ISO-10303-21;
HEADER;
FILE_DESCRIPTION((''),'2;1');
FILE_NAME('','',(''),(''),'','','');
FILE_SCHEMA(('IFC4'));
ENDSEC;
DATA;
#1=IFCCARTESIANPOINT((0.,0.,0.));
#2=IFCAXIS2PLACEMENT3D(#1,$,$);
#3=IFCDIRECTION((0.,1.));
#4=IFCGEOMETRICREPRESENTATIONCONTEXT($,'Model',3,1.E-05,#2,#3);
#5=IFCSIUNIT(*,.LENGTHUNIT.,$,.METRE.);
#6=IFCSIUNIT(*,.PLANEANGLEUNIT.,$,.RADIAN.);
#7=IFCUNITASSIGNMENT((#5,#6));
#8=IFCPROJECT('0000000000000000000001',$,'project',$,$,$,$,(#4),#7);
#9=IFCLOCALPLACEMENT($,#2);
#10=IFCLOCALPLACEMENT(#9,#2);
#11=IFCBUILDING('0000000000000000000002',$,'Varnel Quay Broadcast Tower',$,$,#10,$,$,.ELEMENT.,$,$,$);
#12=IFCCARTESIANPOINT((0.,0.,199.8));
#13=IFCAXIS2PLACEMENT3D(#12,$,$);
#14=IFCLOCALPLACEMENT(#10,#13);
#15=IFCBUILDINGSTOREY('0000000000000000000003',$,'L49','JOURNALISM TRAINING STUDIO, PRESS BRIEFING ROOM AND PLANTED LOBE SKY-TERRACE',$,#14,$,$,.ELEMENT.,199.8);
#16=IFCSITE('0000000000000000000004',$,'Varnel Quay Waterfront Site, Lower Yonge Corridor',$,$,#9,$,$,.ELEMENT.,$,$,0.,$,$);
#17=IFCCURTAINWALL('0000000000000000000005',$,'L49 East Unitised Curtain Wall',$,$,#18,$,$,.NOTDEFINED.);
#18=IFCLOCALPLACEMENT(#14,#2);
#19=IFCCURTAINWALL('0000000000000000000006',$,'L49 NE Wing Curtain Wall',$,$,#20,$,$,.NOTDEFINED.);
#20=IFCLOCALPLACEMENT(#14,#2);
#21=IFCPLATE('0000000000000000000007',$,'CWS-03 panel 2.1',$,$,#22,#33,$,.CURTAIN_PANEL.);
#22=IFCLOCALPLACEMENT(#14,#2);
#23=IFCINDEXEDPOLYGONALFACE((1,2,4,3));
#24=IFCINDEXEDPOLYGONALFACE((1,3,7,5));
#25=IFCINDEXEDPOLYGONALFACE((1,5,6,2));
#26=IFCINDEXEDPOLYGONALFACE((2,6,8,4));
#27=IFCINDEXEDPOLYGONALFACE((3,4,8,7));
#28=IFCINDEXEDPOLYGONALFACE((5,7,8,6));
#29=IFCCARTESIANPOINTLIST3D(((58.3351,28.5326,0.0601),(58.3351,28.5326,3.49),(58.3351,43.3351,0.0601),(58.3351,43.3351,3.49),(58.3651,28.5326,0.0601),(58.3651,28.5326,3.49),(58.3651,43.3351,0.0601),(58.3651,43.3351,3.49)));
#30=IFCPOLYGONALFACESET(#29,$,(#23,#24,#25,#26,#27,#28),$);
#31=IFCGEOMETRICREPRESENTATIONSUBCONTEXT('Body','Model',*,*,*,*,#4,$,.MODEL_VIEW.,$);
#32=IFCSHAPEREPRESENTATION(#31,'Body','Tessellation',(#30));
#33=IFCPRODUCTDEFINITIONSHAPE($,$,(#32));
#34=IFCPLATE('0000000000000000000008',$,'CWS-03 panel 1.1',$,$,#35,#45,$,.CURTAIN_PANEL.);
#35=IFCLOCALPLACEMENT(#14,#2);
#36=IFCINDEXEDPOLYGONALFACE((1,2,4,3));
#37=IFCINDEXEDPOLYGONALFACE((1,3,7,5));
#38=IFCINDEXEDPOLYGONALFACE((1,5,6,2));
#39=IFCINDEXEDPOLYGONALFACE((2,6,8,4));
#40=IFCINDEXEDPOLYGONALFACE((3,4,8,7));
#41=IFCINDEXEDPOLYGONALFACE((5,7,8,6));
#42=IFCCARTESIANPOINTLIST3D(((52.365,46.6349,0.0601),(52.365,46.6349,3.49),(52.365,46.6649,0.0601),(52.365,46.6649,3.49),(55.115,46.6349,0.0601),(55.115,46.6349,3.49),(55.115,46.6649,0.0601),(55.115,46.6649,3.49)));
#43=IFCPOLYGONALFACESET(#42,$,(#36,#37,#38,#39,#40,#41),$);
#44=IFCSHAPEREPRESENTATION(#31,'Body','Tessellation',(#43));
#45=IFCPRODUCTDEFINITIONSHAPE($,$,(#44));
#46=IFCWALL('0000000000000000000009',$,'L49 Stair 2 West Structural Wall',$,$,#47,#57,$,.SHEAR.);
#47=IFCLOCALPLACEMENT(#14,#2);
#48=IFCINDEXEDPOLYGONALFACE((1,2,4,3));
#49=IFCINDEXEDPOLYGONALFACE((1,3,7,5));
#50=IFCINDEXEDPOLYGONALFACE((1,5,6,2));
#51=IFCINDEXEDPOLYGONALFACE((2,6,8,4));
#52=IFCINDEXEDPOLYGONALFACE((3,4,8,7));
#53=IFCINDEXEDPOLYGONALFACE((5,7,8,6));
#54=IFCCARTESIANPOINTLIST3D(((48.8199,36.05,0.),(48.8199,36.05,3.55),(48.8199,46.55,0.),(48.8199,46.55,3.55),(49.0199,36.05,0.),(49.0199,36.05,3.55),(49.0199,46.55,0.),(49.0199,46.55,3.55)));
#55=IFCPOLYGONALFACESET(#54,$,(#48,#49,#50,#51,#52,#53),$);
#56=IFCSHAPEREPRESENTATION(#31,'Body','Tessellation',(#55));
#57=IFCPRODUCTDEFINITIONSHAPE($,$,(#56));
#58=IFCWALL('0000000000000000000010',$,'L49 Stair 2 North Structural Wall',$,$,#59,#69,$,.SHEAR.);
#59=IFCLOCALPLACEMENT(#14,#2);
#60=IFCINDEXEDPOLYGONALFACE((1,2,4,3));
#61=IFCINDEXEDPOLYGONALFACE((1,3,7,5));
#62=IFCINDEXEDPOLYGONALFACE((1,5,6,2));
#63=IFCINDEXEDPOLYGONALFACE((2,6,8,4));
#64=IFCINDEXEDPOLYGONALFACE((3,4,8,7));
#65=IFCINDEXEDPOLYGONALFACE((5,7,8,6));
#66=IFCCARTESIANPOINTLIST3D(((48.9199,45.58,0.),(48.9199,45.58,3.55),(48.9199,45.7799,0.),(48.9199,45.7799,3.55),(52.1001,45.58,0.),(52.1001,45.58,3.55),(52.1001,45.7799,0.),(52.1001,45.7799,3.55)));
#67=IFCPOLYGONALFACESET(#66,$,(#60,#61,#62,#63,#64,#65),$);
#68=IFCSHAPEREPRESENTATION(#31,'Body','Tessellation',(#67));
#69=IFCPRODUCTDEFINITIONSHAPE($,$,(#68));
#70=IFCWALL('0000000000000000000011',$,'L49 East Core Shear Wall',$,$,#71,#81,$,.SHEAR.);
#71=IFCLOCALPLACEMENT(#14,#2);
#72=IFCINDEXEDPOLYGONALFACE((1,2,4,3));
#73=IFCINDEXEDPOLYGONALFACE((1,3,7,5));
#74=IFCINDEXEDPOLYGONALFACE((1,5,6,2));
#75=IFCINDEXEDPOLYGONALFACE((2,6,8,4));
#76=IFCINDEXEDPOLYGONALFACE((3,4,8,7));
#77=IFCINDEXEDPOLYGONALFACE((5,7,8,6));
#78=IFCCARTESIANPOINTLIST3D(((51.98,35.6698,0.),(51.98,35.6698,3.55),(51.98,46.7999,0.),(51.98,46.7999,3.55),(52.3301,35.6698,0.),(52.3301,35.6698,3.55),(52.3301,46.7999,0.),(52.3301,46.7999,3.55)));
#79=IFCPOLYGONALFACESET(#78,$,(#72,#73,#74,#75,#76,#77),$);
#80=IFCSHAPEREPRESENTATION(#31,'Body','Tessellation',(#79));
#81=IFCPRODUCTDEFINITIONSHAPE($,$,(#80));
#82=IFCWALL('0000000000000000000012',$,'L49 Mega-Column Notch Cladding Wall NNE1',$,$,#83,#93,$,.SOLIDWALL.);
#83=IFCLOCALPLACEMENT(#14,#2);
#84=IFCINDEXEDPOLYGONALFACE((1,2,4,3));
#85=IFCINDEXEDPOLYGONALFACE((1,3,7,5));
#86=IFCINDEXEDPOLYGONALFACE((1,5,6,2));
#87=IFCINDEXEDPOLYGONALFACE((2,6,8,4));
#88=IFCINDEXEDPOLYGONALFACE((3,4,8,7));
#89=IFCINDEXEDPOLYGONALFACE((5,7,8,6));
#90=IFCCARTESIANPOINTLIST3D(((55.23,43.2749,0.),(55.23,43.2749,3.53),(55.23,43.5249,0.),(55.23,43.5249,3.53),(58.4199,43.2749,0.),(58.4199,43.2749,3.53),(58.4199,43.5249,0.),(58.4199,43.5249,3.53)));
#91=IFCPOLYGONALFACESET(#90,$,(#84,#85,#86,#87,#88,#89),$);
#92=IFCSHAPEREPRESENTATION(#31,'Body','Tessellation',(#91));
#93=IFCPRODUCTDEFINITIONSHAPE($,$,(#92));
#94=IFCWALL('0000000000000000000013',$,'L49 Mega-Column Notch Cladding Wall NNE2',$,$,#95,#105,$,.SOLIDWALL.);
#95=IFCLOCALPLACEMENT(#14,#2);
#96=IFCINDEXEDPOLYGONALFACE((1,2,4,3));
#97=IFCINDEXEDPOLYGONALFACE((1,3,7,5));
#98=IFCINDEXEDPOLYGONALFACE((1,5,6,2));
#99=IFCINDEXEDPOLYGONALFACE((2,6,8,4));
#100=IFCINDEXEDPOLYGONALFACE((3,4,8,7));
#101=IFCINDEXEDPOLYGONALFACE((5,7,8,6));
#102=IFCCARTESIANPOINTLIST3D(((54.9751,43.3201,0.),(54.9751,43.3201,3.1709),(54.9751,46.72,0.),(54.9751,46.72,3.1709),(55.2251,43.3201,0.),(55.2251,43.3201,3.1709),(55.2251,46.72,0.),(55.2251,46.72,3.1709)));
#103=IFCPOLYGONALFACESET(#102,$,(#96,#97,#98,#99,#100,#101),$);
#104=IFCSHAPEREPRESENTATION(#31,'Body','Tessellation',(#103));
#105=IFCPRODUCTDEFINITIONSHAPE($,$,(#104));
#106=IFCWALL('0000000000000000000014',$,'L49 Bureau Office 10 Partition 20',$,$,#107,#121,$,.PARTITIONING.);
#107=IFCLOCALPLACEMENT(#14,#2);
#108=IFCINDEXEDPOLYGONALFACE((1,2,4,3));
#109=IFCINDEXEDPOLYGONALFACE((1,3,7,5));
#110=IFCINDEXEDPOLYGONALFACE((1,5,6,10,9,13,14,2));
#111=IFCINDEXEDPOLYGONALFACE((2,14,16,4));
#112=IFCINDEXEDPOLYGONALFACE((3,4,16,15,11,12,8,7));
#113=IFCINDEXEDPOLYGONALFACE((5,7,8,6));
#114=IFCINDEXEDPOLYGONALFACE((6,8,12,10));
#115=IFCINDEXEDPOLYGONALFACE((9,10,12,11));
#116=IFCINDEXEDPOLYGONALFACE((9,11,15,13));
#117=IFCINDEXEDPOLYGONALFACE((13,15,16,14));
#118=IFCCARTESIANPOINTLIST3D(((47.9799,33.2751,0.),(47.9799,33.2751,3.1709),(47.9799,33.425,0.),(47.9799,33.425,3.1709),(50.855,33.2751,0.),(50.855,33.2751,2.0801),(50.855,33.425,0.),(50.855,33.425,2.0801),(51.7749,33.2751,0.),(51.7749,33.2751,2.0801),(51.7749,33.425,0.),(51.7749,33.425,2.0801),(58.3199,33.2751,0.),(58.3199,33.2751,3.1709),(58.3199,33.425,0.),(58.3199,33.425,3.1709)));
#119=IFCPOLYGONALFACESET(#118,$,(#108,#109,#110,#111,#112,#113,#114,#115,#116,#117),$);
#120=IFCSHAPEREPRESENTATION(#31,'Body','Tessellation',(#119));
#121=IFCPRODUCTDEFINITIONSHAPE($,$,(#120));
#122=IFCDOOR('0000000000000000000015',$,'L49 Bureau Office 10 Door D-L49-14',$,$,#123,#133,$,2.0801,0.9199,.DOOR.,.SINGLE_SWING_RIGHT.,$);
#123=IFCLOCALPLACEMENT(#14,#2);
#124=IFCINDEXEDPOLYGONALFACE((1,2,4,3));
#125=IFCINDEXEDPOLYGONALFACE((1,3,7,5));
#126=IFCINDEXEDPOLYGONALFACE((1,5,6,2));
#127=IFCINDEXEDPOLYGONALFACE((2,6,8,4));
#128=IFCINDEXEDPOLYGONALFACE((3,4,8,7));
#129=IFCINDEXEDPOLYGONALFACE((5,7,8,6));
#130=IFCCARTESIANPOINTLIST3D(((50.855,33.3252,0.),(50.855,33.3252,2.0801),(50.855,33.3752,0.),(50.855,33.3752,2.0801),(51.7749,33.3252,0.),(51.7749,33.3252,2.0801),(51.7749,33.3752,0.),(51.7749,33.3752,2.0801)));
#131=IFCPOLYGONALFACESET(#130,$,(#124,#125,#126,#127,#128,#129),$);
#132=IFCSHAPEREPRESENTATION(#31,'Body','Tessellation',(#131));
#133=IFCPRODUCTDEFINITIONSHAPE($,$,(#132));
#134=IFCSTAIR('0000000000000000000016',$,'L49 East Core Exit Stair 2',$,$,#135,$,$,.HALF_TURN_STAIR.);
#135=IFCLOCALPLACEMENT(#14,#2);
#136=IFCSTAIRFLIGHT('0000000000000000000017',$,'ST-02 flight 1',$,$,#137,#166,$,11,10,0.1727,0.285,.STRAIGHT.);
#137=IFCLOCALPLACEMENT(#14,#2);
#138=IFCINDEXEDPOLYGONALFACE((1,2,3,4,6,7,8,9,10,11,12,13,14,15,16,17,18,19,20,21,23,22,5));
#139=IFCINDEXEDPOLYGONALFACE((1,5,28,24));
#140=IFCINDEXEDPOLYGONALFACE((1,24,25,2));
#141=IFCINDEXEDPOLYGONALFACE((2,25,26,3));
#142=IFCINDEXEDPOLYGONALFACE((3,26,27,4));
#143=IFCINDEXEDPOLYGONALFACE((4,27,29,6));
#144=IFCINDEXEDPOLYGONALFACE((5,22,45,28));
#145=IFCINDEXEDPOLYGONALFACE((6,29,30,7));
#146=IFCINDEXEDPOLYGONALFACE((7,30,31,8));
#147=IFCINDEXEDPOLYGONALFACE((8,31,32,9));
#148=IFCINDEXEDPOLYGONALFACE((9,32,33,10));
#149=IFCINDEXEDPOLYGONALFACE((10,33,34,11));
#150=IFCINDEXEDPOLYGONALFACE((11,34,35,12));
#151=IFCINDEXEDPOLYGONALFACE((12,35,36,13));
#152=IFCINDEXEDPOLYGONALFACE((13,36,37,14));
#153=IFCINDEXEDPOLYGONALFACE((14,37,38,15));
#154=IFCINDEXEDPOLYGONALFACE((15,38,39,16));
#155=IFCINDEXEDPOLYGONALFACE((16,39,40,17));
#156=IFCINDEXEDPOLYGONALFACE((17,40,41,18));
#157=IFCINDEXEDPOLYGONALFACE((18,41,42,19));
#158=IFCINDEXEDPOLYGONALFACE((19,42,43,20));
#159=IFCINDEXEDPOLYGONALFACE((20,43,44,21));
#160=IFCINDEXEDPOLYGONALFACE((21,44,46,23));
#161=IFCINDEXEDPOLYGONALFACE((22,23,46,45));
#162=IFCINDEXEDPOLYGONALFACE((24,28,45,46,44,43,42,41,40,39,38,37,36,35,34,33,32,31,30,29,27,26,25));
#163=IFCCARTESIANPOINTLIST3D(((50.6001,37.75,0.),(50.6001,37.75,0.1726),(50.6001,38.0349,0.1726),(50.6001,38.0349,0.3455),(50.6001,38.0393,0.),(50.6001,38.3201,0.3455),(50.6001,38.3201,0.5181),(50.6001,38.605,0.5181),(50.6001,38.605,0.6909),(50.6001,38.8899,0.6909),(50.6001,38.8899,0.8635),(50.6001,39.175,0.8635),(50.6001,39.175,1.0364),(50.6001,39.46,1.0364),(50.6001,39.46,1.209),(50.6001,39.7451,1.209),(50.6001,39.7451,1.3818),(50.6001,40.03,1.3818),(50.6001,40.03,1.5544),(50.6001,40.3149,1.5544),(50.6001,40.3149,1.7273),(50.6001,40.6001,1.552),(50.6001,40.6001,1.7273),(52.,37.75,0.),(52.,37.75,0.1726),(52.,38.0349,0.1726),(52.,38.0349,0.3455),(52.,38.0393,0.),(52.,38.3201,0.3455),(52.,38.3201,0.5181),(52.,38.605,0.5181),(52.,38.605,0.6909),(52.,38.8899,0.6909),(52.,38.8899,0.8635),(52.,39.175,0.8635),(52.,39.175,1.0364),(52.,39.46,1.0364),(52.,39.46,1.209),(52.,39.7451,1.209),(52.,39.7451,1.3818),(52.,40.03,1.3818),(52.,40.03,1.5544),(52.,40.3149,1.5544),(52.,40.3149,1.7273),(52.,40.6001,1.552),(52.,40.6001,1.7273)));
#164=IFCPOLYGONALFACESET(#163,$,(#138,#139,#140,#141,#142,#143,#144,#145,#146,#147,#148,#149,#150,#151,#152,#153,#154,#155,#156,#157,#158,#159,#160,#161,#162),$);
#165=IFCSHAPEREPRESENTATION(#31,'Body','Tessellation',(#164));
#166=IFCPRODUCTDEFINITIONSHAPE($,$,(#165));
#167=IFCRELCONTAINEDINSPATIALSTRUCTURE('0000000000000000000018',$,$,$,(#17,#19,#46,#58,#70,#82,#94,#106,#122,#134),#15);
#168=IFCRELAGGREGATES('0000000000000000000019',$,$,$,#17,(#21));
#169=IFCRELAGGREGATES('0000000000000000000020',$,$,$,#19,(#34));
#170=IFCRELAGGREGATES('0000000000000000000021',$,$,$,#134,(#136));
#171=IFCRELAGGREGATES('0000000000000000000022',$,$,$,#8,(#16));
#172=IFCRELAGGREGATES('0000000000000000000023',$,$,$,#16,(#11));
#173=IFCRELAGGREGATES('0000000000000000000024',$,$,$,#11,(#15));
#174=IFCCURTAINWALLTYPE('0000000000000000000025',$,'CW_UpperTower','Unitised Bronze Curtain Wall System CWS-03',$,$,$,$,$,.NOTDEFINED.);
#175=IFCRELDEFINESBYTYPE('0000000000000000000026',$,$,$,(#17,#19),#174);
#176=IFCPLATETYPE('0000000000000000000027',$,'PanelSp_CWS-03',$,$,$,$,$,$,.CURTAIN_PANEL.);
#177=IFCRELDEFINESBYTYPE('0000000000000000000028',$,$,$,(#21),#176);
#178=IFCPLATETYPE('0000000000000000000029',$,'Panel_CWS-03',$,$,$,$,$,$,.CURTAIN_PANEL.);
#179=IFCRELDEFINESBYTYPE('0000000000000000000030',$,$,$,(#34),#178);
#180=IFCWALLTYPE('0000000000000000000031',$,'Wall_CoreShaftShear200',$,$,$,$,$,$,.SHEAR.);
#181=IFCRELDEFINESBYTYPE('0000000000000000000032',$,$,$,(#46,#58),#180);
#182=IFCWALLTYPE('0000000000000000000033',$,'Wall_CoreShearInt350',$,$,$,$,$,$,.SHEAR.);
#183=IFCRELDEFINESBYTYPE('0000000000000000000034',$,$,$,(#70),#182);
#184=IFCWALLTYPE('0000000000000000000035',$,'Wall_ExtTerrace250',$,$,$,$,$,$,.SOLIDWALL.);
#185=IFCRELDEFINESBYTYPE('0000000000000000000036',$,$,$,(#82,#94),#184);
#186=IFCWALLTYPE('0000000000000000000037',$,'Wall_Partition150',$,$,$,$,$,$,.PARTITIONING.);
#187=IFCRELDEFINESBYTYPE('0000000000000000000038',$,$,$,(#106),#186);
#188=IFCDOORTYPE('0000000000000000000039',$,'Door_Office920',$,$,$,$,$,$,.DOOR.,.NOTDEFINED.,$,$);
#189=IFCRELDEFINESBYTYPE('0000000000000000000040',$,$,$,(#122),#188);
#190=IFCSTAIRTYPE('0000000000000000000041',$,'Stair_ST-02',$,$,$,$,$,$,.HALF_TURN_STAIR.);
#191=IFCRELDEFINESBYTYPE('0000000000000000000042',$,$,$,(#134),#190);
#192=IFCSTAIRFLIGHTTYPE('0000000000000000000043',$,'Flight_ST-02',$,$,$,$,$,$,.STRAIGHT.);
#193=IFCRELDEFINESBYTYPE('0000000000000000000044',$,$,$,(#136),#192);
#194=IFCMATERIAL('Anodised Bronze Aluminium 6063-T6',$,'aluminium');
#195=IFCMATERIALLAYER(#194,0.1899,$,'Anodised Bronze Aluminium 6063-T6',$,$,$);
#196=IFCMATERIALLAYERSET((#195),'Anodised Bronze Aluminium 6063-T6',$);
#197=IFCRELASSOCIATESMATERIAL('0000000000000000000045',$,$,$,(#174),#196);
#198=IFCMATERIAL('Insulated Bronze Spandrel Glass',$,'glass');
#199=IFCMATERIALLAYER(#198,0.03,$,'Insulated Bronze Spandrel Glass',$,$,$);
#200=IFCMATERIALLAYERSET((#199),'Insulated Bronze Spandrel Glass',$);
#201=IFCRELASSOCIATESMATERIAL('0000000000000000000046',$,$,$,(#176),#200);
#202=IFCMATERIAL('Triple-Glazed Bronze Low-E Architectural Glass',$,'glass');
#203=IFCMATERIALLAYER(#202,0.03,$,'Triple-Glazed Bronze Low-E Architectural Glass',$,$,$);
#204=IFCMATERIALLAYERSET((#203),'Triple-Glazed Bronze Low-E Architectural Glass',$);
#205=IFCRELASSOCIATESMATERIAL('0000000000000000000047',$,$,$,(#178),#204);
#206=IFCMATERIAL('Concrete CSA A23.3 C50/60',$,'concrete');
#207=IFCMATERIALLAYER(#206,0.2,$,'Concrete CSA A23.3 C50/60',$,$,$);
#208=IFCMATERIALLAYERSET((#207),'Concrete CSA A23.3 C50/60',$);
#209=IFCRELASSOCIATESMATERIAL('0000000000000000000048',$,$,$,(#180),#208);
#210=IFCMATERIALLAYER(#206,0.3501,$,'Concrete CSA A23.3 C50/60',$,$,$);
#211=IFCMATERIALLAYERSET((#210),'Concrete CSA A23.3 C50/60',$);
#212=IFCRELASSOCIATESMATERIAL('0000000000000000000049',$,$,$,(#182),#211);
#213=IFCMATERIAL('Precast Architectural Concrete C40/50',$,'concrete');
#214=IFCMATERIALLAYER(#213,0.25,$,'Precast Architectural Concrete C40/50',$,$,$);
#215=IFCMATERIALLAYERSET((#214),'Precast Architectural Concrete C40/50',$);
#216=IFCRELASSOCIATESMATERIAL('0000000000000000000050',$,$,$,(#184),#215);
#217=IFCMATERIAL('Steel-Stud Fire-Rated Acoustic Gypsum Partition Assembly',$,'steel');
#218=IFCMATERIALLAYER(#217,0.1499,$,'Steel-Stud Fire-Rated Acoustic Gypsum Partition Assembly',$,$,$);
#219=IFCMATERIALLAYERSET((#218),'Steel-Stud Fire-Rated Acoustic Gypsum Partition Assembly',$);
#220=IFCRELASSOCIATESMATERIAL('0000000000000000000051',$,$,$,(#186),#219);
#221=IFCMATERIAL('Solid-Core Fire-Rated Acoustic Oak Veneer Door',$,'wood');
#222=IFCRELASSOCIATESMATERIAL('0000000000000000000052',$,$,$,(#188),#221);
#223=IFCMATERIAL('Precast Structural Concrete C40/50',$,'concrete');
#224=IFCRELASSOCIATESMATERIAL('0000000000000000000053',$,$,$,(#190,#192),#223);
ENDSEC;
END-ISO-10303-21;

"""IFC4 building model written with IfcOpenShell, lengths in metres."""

from ifc_helpers import new_model, si_unit, direction, frame, frame_2d, origin, origin_2d, place, context, subcontext, project, spatial, polyline, rectangle, outline, extrude, source, transform, mapped, material, layer, layer_set, type_object, type_shapes, element, fill, aggregate, save


model = new_model("IFC4")

# Units and contexts
model_context = context("Model", 3, precision=1e-05, world=origin(), true_north=direction((0.0, 1.0)))
body_context = subcontext(model_context, "Body", "Model", "MODEL_VIEW")
ifc_project = project(units=[si_unit("LENGTHUNIT", "METRE"), si_unit("PLANEANGLEUNIT", "RADIAN")], contexts=[model_context])

# Site, building, storey
site_placement = place(None, origin())
site = spatial("IfcSite", under=ifc_project, at=site_placement, Name="Varnel Quay Waterfront Site, Lower Yonge Corridor", CompositionType="ELEMENT", RefElevation=0.0)
building_placement = place(site_placement, origin())
building = spatial("IfcBuilding", under=site, at=building_placement, Name="Varnel Quay Broadcast Tower", CompositionType="ELEMENT")
storey_placement = place(building_placement, frame((0.0, 0.0, 199.8)))
storey = spatial("IfcBuildingStorey", under=building, at=storey_placement, Name="L49", Description="JOURNALISM TRAINING STUDIO, PRESS BRIEFING ROOM AND PLANTED LOBE SKY-TERRACE", CompositionType="ELEMENT", Elevation=199.8)

# Curtain wall
ifc_material_1 = material(Name="Anodised Bronze Aluminium 6063-T6", Category="aluminium")
ifc_layer_1 = layer(ifc_material_1, 0.1899, Name="Anodised Bronze Aluminium 6063-T6")
ifc_layer_set_1 = layer_set([ifc_layer_1], Name="Anodised Bronze Aluminium 6063-T6")
curtain_wall_type = type_object("IfcCurtainWallType", Name="CW_UpperTower", Description="Unitised Bronze Curtain Wall System CWS-03", PredefinedType="NOTDEFINED", material=ifc_layer_set_1)
curtain_wall_1_placement = place(storey_placement, origin())
curtain_wall_1 = element("IfcCurtainWall", 1, at=curtain_wall_1_placement, inside=storey, type_object=curtain_wall_type, Name="L49 East Unitised Curtain Wall", PredefinedType="NOTDEFINED")

# Curtain wall
curtain_wall_2_placement = place(storey_placement, origin())
curtain_wall_2 = element("IfcCurtainWall", 2, at=curtain_wall_2_placement, inside=storey, type_object=curtain_wall_type, Name="L49 NE Wing Curtain Wall", PredefinedType="NOTDEFINED")

# Plates
ifc_material_2 = material(Name="Insulated Bronze Spandrel Glass", Category="glass")
ifc_layer_2 = layer(ifc_material_2, 0.03, Name="Insulated Bronze Spandrel Glass")
ifc_layer_set_2 = layer_set([ifc_layer_2], Name="Insulated Bronze Spandrel Glass")
plate_type_1 = type_object("IfcPlateType", Name="PanelSp_CWS-03", PredefinedType="CURTAIN_PANEL", material=ifc_layer_set_2)
shared_shape_1 = source(origin(), body_context, "Body", "SweptSolid", [
    extrude(rectangle(XDim=14.8025, YDim=0.03, at=origin_2d()), origin(), (0.0, 0.0, 1.0), 3.4299),
])
type_shapes(plate_type_1, [shared_shape_1])
plate_1_placement = place(storey_placement, frame((58.3501, 35.9338, 0.0601), z_axis=(0.0, 0.0, 1.0), x_axis=(0.0, 1.0, 0.0)))
plate_1 = element("IfcPlate", 3, at=plate_1_placement, type_object=plate_type_1, Name="CWS-03 panel 2.1", PredefinedType="CURTAIN_PANEL", context=body_context, shape_type="MappedRepresentation", body=[
    mapped(shared_shape_1, transform((0.0, 0.0, 0.0), x_axis=(1.0, 0.0, 0.0), y_axis=(0.0, 1.0, 0.0), z_axis=(0.0, 0.0, 1.0), scale=1.0)),
])
aggregate(curtain_wall_1, [plate_1])
ifc_material_3 = material(Name="Triple-Glazed Bronze Low-E Architectural Glass", Category="glass")
ifc_layer_3 = layer(ifc_material_3, 0.03, Name="Triple-Glazed Bronze Low-E Architectural Glass")
ifc_layer_set_3 = layer_set([ifc_layer_3], Name="Triple-Glazed Bronze Low-E Architectural Glass")
plate_type_2 = type_object("IfcPlateType", Name="Panel_CWS-03", PredefinedType="CURTAIN_PANEL", material=ifc_layer_set_3)
shared_shape_2 = source(origin(), body_context, "Body", "SweptSolid", [
    extrude(rectangle(XDim=2.75, YDim=0.03, at=origin_2d()), origin(), (0.0, 0.0, 1.0), 3.4299),
])
type_shapes(plate_type_2, [shared_shape_2])
plate_2_placement = place(storey_placement, frame((53.74, 46.6499, 0.0601), z_axis=(0.0, 0.0, 1.0), x_axis=(1.0, 0.0, 0.0)))
plate_2 = element("IfcPlate", 4, at=plate_2_placement, type_object=plate_type_2, Name="CWS-03 panel 1.1", PredefinedType="CURTAIN_PANEL", context=body_context, shape_type="MappedRepresentation", body=[
    mapped(shared_shape_2, transform((0.0, 0.0, 0.0), x_axis=(1.0, 0.0, 0.0), y_axis=(0.0, 1.0, 0.0), z_axis=(0.0, 0.0, 1.0), scale=1.0)),
])
aggregate(curtain_wall_2, [plate_2])

# Walls
ifc_material_4 = material(Name="Concrete CSA A23.3 C50/60", Category="concrete")
ifc_layer_4 = layer(ifc_material_4, 0.2, Name="Concrete CSA A23.3 C50/60")
ifc_layer_set_4 = layer_set([ifc_layer_4], Name="Concrete CSA A23.3 C50/60")
wall_type_1 = type_object("IfcWallType", Name="Wall_CoreShaftShear200", PredefinedType="SHEAR", material=ifc_layer_set_4)
wall_1_placement = place(storey_placement, frame((48.9199, 36.05, 0.0), z_axis=(0.0, 0.0, 1.0), x_axis=(0.0, 1.0, 0.0)))
element("IfcWall", 5, at=wall_1_placement, inside=storey, type_object=wall_type_1, Name="L49 Stair 2 West Structural Wall", PredefinedType="SHEAR", context=body_context, shape_type="SweptSolid", body=[
    extrude(rectangle(XDim=10.5, YDim=0.2, at=frame_2d((5.25, 0.0))), origin(), (0.0, 0.0, 1.0), 3.55),
])
wall_2_placement = place(storey_placement, frame((48.9199, 45.6799, 0.0), z_axis=(0.0, 0.0, 1.0), x_axis=(1.0, 0.0, 0.0)))
element("IfcWall", 6, at=wall_2_placement, inside=storey, type_object=wall_type_1, Name="L49 Stair 2 North Structural Wall", PredefinedType="SHEAR", context=body_context, shape_type="SweptSolid", body=[
    extrude(rectangle(XDim=3.1802, YDim=0.2, at=frame_2d((1.5901, 0.0))), origin(), (0.0, 0.0, 1.0), 3.55),
])
ifc_layer_5 = layer(ifc_material_4, 0.3501, Name="Concrete CSA A23.3 C50/60")
ifc_layer_set_5 = layer_set([ifc_layer_5], Name="Concrete CSA A23.3 C50/60")
wall_type_2 = type_object("IfcWallType", Name="Wall_CoreShearInt350", PredefinedType="SHEAR", material=ifc_layer_set_5)
wall_3_placement = place(storey_placement, frame((52.155, 35.6699, 0.0), z_axis=(0.0, 0.0, 1.0), x_axis=(0.0, 1.0, 0.0)))
element("IfcWall", 7, at=wall_3_placement, inside=storey, type_object=wall_type_2, Name="L49 East Core Shear Wall", PredefinedType="SHEAR", context=body_context, shape_type="SweptSolid", body=[
    extrude(rectangle(XDim=11.1301, YDim=0.3501, at=frame_2d((5.5649, 0.0))), origin(), (0.0, 0.0, 1.0), 3.55),
])
ifc_material_5 = material(Name="Precast Architectural Concrete C40/50", Category="concrete")
ifc_layer_6 = layer(ifc_material_5, 0.25, Name="Precast Architectural Concrete C40/50")
ifc_layer_set_6 = layer_set([ifc_layer_6], Name="Precast Architectural Concrete C40/50")
wall_type_3 = type_object("IfcWallType", Name="Wall_ExtTerrace250", PredefinedType="SOLIDWALL", material=ifc_layer_set_6)
wall_4_placement = place(storey_placement, frame((55.23, 43.3999, 0.0), z_axis=(0.0, 0.0, 1.0), x_axis=(1.0, 0.0, 0.0)))
element("IfcWall", 8, at=wall_4_placement, inside=storey, type_object=wall_type_3, Name="L49 Mega-Column Notch Cladding Wall NNE1", PredefinedType="SOLIDWALL", context=body_context, shape_type="SweptSolid", body=[
    extrude(rectangle(XDim=3.1899, YDim=0.25, at=frame_2d((1.595, 0.0))), origin(), (0.0, 0.0, 1.0), 3.53),
])
wall_5_placement = place(storey_placement, frame((55.1001, 43.3201, 0.0), z_axis=(0.0, 0.0, 1.0), x_axis=(0.0, 1.0, 0.0)))
element("IfcWall", 9, at=wall_5_placement, inside=storey, type_object=wall_type_3, Name="L49 Mega-Column Notch Cladding Wall NNE2", PredefinedType="SOLIDWALL", context=body_context, shape_type="SweptSolid", body=[
    extrude(rectangle(XDim=3.3999, YDim=0.25, at=frame_2d((1.7, 0.0))), origin(), (0.0, 0.0, 1.0), 3.1709),
])

# Wall, opening, door
ifc_material_6 = material(Name="Steel-Stud Fire-Rated Acoustic Gypsum Partition Assembly", Category="steel")
ifc_layer_7 = layer(ifc_material_6, 0.1499, Name="Steel-Stud Fire-Rated Acoustic Gypsum Partition Assembly")
ifc_layer_set_7 = layer_set([ifc_layer_7], Name="Steel-Stud Fire-Rated Acoustic Gypsum Partition Assembly")
wall_type_4 = type_object("IfcWallType", Name="Wall_Partition150", PredefinedType="PARTITIONING", material=ifc_layer_set_7)
wall_6_placement = place(storey_placement, frame((47.98, 33.3501, 0.0), z_axis=(0.0, 0.0, 1.0), x_axis=(1.0, 0.0, 0.0)))
wall_6 = element("IfcWall", 10, at=wall_6_placement, inside=storey, type_object=wall_type_4, Name="L49 Bureau Office 10 Partition 20", PredefinedType="PARTITIONING", context=body_context, shape_type="SweptSolid", body=[
    extrude(rectangle(XDim=10.3401, YDim=0.1499, at=frame_2d((5.1699, 0.0))), origin(), (0.0, 0.0, 1.0), 3.1709),
])
opening_placement = place(wall_6_placement, frame((2.875, 0.0, 0.0)))
opening = element("IfcOpeningElement", 11, at=opening_placement, cuts=wall_6, PredefinedType="OPENING", context=body_context, shape_type="SweptSolid", body=[
    extrude(rectangle(XDim=0.9199, YDim=2.0801, at=frame_2d((0.46, 1.04))), frame((0.0, 0.085, 0.0), z_axis=(0.0, -1.0, 0.0), x_axis=(1.0, 0.0, 0.0)), (0.0, 0.0, 1.0), 0.1699),
])
ifc_material_7 = material(Name="Solid-Core Fire-Rated Acoustic Oak Veneer Door", Category="wood")
door_type = type_object("IfcDoorType", Name="Door_Office920", OperationType="NOTDEFINED", PredefinedType="DOOR", material=ifc_material_7)
shared_shape_3 = source(origin(), body_context, "Body", "SweptSolid", [
    extrude(rectangle(XDim=0.9199, YDim=2.0801, at=frame_2d((0.46, 1.04))), frame((0.0, 0.0249, 0.0), z_axis=(0.0, -1.0, 0.0), x_axis=(1.0, 0.0, 0.0)), (0.0, 0.0, 1.0), 0.05),
])
type_shapes(door_type, [shared_shape_3])
door_placement = place(opening_placement, frame((0.9199, 0.0, 0.0), z_axis=(0.0, 0.0, 1.0), x_axis=(-1.0, 0.0, 0.0)))
door = element("IfcDoor", 12, at=door_placement, inside=storey, type_object=door_type, Name="L49 Bureau Office 10 Door D-L49-14", OperationType="SINGLE_SWING_RIGHT", OverallHeight=2.0801, OverallWidth=0.9199, PredefinedType="DOOR", context=body_context, shape_type="MappedRepresentation", body=[
    mapped(shared_shape_3, transform((0.0, 0.0, 0.0), x_axis=(1.0, 0.0, 0.0), y_axis=(0.0, 1.0, 0.0), z_axis=(0.0, 0.0, 1.0), scale=1.0)),
])
fill(opening, door)

# Stair, stair flight
ifc_material_8 = material(Name="Precast Structural Concrete C40/50", Category="concrete")
stair_type = type_object("IfcStairType", Name="Stair_ST-02", PredefinedType="HALF_TURN_STAIR", material=ifc_material_8)
stair_placement = place(storey_placement, origin())
stair = element("IfcStair", 13, at=stair_placement, inside=storey, type_object=stair_type, Name="L49 East Core Exit Stair 2", PredefinedType="HALF_TURN_STAIR")
stair_flight_type = type_object("IfcStairFlightType", Name="Flight_ST-02", PredefinedType="STRAIGHT", material=ifc_material_8)
stair_flight_1_placement = place(storey_placement, frame((51.3, 37.75, 0.0), z_axis=(0.0, 0.0, 1.0), x_axis=(0.0, 1.0, 0.0)))
stair_flight_1 = element("IfcStairFlight", 14, at=stair_flight_1_placement, type_object=stair_flight_type, Name="ST-02 flight 1", NumberOfRisers=11, NumberOfTreads=10, PredefinedType="STRAIGHT", RiserHeight=0.1727, TreadLength=0.285, context=body_context, shape_type="SweptSolid", body=[
    extrude(outline(polyline([(0.0, 0.0), (0.0, 0.1726), (0.2849, 0.1726), (0.2849, 0.3455), (0.5701, 0.3455), (0.5701, 0.5181), (0.855, 0.5181), (0.855, 0.6909), (1.1399, 0.6909), (1.1399, 0.8635), (1.425, 0.8635), (1.425, 1.0364), (1.71, 1.0364), (1.71, 1.209), (1.9951, 1.209), (1.9951, 1.3818), (2.28, 1.3818), (2.28, 1.5544), (2.5649, 1.5544), (2.5649, 1.7273), (2.8501, 1.7273), (2.8501, 1.8999), (2.8501, 1.552), (0.2893, 0.0), (0.0, 0.0)])), frame((0.0, 0.7, 0.0), z_axis=(0.0, -1.0, 0.0), x_axis=(1.0, 0.0, 0.0)), (0.0, 0.0, 1.0), 1.3999),
])
aggregate(stair, [stair_flight_1])

save(model, "model.ifc")
